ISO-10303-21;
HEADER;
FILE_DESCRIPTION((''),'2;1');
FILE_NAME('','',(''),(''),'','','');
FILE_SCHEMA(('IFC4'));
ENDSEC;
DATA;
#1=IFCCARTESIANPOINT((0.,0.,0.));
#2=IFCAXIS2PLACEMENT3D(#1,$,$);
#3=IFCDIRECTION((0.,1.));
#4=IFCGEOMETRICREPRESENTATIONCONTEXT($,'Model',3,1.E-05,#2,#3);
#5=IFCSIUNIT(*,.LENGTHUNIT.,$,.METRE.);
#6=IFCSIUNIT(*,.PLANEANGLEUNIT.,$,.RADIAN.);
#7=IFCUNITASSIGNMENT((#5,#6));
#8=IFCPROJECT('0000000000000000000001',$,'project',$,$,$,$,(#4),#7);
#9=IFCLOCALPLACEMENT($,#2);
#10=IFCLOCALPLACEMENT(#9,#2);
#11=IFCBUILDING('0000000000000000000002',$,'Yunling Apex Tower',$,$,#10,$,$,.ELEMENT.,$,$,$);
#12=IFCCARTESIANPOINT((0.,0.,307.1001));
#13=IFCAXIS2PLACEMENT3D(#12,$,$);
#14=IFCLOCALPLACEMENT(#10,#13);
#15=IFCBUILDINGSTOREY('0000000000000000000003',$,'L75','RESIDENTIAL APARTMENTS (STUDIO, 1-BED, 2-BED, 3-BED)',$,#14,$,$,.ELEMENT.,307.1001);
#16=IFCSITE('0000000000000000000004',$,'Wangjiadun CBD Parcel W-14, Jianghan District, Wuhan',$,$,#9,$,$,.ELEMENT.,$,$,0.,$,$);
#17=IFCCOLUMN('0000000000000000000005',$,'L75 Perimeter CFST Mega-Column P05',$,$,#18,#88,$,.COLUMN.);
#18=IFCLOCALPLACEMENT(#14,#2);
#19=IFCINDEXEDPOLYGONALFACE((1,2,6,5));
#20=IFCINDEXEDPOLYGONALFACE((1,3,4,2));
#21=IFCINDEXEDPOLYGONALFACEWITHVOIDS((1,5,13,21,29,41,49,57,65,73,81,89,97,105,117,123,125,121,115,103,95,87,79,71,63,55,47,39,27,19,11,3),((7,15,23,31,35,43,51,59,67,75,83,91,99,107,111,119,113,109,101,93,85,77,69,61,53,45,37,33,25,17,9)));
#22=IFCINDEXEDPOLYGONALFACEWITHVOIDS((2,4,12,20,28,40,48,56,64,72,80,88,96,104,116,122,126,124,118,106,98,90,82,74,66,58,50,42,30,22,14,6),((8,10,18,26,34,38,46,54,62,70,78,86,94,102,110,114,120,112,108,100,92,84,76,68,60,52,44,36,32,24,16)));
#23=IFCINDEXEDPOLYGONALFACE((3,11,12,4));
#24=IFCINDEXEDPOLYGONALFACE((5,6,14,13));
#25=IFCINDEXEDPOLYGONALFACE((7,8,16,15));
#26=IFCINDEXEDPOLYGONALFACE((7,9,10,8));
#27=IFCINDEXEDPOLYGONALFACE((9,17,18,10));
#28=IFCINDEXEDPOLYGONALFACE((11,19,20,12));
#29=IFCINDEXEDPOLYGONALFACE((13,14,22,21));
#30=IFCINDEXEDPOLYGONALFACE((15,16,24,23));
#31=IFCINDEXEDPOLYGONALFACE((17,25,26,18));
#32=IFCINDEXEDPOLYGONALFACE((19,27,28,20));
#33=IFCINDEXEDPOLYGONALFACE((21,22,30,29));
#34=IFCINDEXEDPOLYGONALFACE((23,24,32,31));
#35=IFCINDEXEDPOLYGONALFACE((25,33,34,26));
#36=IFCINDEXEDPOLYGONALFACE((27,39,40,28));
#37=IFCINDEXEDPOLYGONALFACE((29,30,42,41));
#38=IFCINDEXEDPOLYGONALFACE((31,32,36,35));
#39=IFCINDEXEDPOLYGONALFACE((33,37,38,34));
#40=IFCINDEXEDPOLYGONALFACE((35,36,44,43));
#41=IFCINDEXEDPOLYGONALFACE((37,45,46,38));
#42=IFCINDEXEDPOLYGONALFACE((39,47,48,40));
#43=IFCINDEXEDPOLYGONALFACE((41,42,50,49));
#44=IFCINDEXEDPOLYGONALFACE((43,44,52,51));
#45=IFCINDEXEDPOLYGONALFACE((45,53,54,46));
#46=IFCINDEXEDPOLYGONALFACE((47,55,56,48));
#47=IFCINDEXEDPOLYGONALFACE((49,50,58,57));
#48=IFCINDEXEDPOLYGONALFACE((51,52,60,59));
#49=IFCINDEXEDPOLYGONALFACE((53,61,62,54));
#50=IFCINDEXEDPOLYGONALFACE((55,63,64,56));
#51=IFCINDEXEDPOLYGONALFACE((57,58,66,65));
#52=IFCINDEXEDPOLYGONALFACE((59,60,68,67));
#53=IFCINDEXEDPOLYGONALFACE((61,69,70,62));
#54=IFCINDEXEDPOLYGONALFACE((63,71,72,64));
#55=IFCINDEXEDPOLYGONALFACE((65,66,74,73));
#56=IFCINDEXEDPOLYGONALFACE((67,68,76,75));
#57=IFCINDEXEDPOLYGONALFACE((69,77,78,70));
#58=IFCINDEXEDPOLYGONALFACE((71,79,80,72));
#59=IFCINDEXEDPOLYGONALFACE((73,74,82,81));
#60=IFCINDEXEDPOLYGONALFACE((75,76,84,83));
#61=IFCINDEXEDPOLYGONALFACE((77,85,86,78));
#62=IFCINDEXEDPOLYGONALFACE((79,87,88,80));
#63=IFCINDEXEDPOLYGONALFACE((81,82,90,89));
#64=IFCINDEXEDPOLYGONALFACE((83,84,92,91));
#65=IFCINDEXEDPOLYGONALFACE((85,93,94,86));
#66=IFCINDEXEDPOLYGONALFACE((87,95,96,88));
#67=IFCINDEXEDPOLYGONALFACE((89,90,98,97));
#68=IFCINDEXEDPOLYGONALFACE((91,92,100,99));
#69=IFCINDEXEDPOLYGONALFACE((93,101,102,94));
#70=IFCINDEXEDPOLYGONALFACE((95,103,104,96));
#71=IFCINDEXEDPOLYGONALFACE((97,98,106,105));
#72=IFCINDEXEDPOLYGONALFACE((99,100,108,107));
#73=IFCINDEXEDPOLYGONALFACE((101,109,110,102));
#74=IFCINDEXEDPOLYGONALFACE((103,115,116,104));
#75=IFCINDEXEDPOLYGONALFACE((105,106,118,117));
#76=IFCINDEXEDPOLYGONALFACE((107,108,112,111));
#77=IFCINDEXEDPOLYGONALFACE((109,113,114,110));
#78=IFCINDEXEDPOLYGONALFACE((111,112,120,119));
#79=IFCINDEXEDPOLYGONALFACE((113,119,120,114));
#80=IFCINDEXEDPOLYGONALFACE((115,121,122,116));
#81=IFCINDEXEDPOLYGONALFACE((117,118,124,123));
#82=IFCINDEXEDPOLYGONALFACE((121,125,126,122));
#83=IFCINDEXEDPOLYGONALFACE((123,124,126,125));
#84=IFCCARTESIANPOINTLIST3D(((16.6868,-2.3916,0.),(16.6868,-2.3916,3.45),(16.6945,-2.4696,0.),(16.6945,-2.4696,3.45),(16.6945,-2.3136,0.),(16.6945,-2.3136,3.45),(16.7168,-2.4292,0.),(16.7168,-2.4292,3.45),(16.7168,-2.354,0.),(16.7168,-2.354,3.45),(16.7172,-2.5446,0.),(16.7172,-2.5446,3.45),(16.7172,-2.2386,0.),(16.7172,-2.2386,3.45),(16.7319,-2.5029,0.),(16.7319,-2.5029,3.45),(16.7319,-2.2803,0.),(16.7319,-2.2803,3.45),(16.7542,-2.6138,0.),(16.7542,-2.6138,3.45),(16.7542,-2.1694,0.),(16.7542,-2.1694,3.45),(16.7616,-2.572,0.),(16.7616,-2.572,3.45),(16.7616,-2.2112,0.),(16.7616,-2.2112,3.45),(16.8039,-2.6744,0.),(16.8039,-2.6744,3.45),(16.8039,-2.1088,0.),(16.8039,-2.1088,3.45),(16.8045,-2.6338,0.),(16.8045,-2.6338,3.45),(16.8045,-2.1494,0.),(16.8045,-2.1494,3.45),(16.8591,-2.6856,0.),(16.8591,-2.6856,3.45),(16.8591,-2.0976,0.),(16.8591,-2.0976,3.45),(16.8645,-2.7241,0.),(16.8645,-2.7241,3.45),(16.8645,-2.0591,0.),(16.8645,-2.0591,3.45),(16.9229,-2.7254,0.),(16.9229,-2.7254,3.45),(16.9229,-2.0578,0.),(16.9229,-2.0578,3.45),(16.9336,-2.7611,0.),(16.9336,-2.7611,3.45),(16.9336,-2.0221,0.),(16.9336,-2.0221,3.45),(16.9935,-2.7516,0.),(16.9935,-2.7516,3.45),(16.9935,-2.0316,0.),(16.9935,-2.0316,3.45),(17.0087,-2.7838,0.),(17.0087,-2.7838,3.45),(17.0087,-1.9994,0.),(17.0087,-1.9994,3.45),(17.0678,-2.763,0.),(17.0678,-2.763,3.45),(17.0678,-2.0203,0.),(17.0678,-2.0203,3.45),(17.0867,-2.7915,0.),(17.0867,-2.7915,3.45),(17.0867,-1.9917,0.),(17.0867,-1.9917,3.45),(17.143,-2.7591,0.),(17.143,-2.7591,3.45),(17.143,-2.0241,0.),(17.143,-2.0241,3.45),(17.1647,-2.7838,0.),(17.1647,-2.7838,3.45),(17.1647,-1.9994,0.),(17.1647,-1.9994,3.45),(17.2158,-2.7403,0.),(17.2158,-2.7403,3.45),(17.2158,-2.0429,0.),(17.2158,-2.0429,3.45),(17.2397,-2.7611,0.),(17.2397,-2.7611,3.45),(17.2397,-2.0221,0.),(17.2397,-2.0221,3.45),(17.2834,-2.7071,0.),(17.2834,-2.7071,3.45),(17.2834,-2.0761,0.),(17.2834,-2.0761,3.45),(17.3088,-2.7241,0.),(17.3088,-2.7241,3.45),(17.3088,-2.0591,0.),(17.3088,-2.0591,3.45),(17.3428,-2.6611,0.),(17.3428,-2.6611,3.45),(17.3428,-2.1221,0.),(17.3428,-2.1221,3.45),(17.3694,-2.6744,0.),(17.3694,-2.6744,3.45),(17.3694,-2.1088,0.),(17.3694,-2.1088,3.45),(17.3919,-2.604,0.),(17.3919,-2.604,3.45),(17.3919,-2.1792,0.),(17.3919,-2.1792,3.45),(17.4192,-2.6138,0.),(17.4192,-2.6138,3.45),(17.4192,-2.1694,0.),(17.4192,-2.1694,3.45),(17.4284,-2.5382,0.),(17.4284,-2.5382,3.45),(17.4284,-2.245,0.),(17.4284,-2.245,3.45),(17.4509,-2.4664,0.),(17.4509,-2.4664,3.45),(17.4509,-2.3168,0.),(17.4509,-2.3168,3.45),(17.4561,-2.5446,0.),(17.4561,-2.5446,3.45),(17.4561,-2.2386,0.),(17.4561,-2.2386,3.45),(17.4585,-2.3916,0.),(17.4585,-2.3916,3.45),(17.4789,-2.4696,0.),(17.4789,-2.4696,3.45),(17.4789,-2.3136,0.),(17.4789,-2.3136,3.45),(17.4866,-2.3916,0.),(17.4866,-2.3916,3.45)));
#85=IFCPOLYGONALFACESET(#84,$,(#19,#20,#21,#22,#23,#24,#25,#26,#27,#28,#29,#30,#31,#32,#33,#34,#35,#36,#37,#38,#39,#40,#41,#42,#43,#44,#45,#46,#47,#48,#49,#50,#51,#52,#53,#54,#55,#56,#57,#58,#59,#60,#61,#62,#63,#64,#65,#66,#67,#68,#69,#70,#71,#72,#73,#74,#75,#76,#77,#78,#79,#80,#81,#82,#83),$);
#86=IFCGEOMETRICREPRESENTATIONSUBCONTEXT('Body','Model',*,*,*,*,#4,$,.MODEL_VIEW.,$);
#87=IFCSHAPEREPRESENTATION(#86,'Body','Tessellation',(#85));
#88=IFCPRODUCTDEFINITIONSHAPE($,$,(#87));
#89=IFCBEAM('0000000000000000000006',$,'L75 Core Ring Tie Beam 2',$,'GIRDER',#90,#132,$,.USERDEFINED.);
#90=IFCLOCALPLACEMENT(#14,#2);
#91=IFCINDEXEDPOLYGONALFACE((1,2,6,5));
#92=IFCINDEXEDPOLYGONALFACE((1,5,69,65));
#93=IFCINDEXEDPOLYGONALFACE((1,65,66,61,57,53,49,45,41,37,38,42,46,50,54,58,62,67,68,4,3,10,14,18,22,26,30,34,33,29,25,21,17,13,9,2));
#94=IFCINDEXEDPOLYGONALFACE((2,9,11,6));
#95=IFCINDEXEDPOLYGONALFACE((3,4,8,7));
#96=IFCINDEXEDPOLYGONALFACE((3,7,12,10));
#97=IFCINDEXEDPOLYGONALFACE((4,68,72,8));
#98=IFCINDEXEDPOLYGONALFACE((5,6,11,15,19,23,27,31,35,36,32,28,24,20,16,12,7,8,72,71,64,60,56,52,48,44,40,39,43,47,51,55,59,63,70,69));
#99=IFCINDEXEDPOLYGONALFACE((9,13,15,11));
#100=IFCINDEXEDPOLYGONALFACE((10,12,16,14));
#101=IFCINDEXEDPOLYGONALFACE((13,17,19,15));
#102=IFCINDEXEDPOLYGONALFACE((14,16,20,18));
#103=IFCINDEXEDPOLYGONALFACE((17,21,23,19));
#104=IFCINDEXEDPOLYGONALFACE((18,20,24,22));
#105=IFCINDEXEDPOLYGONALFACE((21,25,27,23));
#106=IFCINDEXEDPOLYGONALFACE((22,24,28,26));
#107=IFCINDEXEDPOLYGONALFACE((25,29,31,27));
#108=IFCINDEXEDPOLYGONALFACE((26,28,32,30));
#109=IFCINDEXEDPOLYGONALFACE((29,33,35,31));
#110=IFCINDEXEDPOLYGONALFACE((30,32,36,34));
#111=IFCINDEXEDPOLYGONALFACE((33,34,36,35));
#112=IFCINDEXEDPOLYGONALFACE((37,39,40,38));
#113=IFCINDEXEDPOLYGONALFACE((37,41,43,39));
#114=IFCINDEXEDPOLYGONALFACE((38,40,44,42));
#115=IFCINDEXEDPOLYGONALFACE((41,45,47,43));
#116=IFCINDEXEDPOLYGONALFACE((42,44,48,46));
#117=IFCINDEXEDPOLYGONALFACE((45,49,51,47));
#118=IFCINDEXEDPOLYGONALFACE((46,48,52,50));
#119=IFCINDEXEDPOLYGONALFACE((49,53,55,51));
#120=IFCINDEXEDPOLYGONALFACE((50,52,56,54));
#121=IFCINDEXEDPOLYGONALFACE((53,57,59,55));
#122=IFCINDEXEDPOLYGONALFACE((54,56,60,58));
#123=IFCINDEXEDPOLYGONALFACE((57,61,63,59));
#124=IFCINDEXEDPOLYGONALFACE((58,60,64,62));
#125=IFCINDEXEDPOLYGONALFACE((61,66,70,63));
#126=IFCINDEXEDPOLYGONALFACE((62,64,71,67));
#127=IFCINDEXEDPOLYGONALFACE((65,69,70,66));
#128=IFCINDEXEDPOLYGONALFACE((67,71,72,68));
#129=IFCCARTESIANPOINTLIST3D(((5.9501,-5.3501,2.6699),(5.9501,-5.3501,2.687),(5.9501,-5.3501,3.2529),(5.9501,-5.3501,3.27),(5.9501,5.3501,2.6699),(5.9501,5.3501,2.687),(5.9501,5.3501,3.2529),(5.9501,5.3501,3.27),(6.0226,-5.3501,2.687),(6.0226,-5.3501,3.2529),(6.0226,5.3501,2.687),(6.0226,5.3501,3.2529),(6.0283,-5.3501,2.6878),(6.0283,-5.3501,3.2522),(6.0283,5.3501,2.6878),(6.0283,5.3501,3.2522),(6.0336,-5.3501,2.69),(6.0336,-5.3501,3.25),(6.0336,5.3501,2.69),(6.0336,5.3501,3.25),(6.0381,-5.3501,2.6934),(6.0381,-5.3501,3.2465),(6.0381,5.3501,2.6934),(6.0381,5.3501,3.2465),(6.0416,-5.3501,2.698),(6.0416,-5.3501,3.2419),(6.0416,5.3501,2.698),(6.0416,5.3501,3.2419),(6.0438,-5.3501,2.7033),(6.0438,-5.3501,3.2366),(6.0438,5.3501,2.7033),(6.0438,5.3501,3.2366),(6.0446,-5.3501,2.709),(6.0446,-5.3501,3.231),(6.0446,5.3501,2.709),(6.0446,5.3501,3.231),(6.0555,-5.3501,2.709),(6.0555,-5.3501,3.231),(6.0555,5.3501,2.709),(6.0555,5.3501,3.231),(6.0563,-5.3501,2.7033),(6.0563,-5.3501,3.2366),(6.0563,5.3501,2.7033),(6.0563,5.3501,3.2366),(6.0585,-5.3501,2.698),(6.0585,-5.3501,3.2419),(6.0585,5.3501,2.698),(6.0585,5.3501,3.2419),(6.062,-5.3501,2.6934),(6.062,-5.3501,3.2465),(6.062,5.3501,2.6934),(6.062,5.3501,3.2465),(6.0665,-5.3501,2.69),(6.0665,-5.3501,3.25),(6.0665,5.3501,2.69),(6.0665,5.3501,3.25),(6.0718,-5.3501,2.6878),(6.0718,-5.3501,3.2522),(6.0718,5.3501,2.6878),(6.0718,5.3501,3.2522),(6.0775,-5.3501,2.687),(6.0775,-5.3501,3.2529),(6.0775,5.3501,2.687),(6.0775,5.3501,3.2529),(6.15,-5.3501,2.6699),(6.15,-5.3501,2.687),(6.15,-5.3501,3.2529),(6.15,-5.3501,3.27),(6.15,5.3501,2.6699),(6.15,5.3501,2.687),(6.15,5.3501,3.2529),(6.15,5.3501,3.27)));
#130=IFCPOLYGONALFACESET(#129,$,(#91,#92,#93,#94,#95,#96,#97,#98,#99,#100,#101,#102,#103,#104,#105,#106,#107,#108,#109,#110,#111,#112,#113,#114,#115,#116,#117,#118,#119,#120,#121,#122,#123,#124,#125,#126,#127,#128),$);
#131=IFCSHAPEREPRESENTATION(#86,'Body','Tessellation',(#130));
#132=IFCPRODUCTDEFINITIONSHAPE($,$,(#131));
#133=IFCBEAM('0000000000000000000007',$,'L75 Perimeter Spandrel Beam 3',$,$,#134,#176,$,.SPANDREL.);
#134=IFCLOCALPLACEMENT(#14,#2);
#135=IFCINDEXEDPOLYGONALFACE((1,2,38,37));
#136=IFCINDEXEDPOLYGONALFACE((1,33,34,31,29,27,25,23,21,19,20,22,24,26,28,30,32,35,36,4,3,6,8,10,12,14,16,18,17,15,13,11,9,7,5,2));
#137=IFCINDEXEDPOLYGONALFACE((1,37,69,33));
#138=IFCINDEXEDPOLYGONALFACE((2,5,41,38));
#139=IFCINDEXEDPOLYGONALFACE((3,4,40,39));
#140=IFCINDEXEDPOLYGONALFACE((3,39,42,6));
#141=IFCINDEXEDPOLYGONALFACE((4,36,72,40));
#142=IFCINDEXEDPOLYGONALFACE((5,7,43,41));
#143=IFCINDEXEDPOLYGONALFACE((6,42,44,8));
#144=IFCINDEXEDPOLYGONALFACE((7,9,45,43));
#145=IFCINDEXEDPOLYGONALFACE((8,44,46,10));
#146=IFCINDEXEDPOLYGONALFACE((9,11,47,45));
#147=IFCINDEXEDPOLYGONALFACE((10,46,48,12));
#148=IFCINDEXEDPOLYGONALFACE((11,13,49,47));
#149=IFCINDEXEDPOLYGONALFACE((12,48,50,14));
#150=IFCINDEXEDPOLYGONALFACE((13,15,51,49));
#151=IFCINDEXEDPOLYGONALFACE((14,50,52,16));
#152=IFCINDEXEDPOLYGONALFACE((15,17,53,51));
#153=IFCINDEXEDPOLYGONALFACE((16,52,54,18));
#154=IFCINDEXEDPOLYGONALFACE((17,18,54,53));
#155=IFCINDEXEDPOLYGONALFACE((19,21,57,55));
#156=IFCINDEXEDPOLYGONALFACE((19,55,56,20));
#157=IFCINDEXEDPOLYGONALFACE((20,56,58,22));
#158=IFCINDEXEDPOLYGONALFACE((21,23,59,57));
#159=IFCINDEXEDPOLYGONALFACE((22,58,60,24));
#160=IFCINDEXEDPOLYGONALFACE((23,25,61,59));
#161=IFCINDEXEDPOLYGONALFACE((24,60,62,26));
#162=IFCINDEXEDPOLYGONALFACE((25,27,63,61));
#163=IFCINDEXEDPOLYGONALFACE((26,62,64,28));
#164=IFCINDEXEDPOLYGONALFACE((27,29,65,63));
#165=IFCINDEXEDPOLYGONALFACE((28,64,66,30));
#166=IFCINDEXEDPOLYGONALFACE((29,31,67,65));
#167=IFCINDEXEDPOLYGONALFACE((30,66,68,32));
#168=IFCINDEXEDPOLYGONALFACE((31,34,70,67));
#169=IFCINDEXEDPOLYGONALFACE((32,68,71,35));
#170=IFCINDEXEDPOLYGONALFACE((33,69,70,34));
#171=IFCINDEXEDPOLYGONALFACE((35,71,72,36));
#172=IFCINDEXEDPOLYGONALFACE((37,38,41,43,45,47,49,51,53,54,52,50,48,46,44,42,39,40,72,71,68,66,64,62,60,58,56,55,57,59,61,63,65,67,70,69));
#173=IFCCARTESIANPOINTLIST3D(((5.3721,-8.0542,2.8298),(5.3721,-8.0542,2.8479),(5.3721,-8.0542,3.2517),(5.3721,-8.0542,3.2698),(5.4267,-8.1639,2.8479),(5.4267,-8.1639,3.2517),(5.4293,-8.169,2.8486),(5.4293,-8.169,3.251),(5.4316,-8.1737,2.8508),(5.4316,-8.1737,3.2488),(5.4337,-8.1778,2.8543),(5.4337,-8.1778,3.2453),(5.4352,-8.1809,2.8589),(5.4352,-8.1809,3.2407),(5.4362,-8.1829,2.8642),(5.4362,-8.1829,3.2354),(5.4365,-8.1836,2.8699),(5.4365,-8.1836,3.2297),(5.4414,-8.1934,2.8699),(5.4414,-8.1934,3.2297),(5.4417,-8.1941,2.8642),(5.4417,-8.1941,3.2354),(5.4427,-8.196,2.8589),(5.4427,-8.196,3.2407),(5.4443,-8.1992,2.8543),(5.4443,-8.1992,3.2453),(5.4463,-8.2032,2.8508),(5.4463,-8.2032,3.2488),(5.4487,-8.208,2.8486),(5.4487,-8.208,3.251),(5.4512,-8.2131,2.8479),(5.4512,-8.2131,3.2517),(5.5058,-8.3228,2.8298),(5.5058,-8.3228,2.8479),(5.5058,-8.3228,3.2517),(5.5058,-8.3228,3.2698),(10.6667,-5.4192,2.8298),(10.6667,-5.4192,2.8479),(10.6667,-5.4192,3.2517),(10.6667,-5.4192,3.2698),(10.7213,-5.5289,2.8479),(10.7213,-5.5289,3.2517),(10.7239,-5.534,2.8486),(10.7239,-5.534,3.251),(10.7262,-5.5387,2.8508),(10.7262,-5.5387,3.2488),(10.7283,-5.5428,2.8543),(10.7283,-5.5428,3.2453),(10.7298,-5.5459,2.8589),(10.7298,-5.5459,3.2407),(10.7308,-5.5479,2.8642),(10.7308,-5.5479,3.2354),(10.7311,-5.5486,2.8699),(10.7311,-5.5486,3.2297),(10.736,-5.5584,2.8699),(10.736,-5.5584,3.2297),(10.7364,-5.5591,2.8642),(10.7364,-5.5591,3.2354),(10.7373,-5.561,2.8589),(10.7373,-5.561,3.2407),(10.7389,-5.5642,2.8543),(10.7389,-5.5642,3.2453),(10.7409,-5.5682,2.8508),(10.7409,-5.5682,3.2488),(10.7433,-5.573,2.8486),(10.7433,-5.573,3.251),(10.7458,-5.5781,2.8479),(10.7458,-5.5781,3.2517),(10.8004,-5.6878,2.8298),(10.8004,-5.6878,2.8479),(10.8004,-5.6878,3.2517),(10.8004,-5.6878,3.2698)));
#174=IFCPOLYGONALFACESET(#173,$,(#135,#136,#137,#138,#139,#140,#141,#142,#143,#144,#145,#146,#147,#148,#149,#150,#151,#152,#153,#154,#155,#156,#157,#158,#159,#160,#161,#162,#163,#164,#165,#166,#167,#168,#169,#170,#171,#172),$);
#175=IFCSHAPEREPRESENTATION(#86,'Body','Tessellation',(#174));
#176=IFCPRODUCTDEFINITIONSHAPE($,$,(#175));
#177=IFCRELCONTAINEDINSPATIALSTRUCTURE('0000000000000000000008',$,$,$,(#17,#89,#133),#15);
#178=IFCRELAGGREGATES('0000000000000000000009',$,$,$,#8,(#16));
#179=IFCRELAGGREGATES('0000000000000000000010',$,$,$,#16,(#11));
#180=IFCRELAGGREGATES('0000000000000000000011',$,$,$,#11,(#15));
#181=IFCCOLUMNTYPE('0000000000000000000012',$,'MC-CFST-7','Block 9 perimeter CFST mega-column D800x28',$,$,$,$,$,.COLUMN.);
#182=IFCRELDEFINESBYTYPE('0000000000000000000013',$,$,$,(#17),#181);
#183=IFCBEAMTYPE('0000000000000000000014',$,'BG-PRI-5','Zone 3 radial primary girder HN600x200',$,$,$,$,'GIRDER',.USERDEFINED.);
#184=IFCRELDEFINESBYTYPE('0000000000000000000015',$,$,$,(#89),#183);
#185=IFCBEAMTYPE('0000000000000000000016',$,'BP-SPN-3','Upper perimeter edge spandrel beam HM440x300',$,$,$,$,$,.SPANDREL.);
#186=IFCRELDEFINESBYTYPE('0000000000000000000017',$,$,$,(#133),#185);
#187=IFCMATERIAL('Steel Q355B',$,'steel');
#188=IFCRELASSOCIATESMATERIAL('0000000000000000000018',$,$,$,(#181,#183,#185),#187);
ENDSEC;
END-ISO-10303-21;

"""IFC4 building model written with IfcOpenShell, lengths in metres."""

from ifc_helpers import new_model, si_unit, direction, frame, origin, origin_2d, place, context, subcontext, project, spatial, hollow_circle, i_section, extrude, source, transform, mapped, material, material_profile, profile_set, type_object, element, save


model = new_model("IFC4")

# Units and contexts
model_context = context("Model", 3, precision=1e-05, world=origin(), true_north=direction((0.0, 1.0)))
body_context = subcontext(model_context, "Body", "Model", "MODEL_VIEW")
ifc_project = project(units=[si_unit("LENGTHUNIT", "METRE"), si_unit("PLANEANGLEUNIT", "RADIAN")], contexts=[model_context])

# Site, building, storey
site_placement = place(None, origin())
site = spatial("IfcSite", under=ifc_project, at=site_placement, Name="Wangjiadun CBD Parcel W-14, Jianghan District, Wuhan", CompositionType="ELEMENT", RefElevation=0.0)
building_placement = place(site_placement, origin())
building = spatial("IfcBuilding", under=site, at=building_placement, Name="Yunling Apex Tower", CompositionType="ELEMENT")
storey_placement = place(building_placement, frame((0.0, 0.0, 307.1001)))
storey = spatial("IfcBuildingStorey", under=building, at=storey_placement, Name="L75", Description="RESIDENTIAL APARTMENTS (STUDIO, 1-BED, 2-BED, 3-BED)", CompositionType="ELEMENT", Elevation=307.1001)

# Column
ifc_material_1 = material(Name="Steel Q355B", Category="steel")
ifc_material_profile_1 = material_profile(ifc_material_1, hollow_circle(Radius=0.3999, WallThickness=0.0281, at=origin_2d()))
ifc_profile_set_1 = profile_set([ifc_material_profile_1], Name="Steel Q355B")
column_type_1 = type_object("IfcColumnType", Name="MC-CFST-7", Description="Block 9 perimeter CFST mega-column D800x28", PredefinedType="COLUMN", material=ifc_profile_set_1)
shared_shape_1 = source(origin(), body_context, "Body", "SweptSolid", [
    extrude(hollow_circle(Radius=0.3999, WallThickness=0.0281, at=origin_2d()), origin(), (0.0, 0.0, 1.0), 3.45),
])
for number, where, z_axis, x_axis, name in (
    (1, (17.0867, -2.3916, 0.0), (0.0, 0.0, 1.0), (1.0, 0.0, 0.0), "L75 Perimeter CFST Mega-Column P05"),
):
    element("IfcColumn", number, at=place(storey_placement, frame(where, z_axis=z_axis, x_axis=x_axis)), inside=storey, type_object=column_type_1, Name=name, PredefinedType="COLUMN", context=body_context, shape_type="MappedRepresentation", body=[
        mapped(shared_shape_1, transform((0.0, 0.0, 0.0), scale=1.0)),
    ])

# Beams
ifc_material_profile_2 = material_profile(ifc_material_1, i_section(OverallWidth=0.2, OverallDepth=0.6001, WebThickness=0.011, FlangeThickness=0.0171, FilletRadius=0.022, at=origin_2d()))
ifc_profile_set_2 = profile_set([ifc_material_profile_2], Name="Steel Q355B")
beam_type_1 = type_object("IfcBeamType", Name="BG-PRI-5", Description="Zone 3 radial primary girder HN600x200", ElementType="GIRDER", PredefinedType="USERDEFINED", material=ifc_profile_set_2)
shared_shape_2 = source(origin(), body_context, "Body", "SweptSolid", [
    extrude(i_section(OverallWidth=0.2, OverallDepth=0.6001, WebThickness=0.011, FlangeThickness=0.0171, FilletRadius=0.022, at=origin_2d()), origin(), (0.0, 0.0, 1.0), 10.7002),
])
beam_1_placement = place(storey_placement, frame((6.05, -5.3501, 2.97), z_axis=(0.0, 1.0, 0.0), x_axis=(-1.0, 0.0, 0.0)))
element("IfcBeam", 2, at=beam_1_placement, inside=storey, type_object=beam_type_1, Name="L75 Core Ring Tie Beam 2", ObjectType="GIRDER", PredefinedType="USERDEFINED", context=body_context, shape_type="MappedRepresentation", body=[
    mapped(shared_shape_2, transform((0.0, 0.0, 0.0), scale=1.0)),
])
ifc_material_profile_3 = material_profile(ifc_material_1, i_section(OverallWidth=0.3, OverallDepth=0.4399, WebThickness=0.011, FlangeThickness=0.0181, FilletRadius=0.022, at=origin_2d()))
ifc_profile_set_3 = profile_set([ifc_material_profile_3], Name="Steel Q355B")
beam_type_2 = type_object("IfcBeamType", Name="BP-SPN-3", Description="Upper perimeter edge spandrel beam HM440x300", PredefinedType="SPANDREL", material=ifc_profile_set_3)
shared_shape_3 = source(origin(), body_context, "Body", "SweptSolid", [
    extrude(i_section(OverallWidth=0.3, OverallDepth=0.4399, WebThickness=0.011, FlangeThickness=0.0181, FilletRadius=0.022, at=origin_2d()), origin(), (0.0, 0.0, 1.0), 5.9141),
])
for number, where, z_axis, x_axis, name in (
    (3, (5.439, -8.1885, 3.0498), (0.89526, 0.445545, 0.0), (-0.445545, 0.89526, 0.0), "L75 Perimeter Spandrel Beam 3"),
):
    element("IfcBeam", number, at=place(storey_placement, frame(where, z_axis=z_axis, x_axis=x_axis)), inside=storey, type_object=beam_type_2, Name=name, PredefinedType="SPANDREL", context=body_context, shape_type="MappedRepresentation", body=[
        mapped(shared_shape_3, transform((0.0, 0.0, 0.0), scale=1.0)),
    ])

save(model, "model.ifc")
